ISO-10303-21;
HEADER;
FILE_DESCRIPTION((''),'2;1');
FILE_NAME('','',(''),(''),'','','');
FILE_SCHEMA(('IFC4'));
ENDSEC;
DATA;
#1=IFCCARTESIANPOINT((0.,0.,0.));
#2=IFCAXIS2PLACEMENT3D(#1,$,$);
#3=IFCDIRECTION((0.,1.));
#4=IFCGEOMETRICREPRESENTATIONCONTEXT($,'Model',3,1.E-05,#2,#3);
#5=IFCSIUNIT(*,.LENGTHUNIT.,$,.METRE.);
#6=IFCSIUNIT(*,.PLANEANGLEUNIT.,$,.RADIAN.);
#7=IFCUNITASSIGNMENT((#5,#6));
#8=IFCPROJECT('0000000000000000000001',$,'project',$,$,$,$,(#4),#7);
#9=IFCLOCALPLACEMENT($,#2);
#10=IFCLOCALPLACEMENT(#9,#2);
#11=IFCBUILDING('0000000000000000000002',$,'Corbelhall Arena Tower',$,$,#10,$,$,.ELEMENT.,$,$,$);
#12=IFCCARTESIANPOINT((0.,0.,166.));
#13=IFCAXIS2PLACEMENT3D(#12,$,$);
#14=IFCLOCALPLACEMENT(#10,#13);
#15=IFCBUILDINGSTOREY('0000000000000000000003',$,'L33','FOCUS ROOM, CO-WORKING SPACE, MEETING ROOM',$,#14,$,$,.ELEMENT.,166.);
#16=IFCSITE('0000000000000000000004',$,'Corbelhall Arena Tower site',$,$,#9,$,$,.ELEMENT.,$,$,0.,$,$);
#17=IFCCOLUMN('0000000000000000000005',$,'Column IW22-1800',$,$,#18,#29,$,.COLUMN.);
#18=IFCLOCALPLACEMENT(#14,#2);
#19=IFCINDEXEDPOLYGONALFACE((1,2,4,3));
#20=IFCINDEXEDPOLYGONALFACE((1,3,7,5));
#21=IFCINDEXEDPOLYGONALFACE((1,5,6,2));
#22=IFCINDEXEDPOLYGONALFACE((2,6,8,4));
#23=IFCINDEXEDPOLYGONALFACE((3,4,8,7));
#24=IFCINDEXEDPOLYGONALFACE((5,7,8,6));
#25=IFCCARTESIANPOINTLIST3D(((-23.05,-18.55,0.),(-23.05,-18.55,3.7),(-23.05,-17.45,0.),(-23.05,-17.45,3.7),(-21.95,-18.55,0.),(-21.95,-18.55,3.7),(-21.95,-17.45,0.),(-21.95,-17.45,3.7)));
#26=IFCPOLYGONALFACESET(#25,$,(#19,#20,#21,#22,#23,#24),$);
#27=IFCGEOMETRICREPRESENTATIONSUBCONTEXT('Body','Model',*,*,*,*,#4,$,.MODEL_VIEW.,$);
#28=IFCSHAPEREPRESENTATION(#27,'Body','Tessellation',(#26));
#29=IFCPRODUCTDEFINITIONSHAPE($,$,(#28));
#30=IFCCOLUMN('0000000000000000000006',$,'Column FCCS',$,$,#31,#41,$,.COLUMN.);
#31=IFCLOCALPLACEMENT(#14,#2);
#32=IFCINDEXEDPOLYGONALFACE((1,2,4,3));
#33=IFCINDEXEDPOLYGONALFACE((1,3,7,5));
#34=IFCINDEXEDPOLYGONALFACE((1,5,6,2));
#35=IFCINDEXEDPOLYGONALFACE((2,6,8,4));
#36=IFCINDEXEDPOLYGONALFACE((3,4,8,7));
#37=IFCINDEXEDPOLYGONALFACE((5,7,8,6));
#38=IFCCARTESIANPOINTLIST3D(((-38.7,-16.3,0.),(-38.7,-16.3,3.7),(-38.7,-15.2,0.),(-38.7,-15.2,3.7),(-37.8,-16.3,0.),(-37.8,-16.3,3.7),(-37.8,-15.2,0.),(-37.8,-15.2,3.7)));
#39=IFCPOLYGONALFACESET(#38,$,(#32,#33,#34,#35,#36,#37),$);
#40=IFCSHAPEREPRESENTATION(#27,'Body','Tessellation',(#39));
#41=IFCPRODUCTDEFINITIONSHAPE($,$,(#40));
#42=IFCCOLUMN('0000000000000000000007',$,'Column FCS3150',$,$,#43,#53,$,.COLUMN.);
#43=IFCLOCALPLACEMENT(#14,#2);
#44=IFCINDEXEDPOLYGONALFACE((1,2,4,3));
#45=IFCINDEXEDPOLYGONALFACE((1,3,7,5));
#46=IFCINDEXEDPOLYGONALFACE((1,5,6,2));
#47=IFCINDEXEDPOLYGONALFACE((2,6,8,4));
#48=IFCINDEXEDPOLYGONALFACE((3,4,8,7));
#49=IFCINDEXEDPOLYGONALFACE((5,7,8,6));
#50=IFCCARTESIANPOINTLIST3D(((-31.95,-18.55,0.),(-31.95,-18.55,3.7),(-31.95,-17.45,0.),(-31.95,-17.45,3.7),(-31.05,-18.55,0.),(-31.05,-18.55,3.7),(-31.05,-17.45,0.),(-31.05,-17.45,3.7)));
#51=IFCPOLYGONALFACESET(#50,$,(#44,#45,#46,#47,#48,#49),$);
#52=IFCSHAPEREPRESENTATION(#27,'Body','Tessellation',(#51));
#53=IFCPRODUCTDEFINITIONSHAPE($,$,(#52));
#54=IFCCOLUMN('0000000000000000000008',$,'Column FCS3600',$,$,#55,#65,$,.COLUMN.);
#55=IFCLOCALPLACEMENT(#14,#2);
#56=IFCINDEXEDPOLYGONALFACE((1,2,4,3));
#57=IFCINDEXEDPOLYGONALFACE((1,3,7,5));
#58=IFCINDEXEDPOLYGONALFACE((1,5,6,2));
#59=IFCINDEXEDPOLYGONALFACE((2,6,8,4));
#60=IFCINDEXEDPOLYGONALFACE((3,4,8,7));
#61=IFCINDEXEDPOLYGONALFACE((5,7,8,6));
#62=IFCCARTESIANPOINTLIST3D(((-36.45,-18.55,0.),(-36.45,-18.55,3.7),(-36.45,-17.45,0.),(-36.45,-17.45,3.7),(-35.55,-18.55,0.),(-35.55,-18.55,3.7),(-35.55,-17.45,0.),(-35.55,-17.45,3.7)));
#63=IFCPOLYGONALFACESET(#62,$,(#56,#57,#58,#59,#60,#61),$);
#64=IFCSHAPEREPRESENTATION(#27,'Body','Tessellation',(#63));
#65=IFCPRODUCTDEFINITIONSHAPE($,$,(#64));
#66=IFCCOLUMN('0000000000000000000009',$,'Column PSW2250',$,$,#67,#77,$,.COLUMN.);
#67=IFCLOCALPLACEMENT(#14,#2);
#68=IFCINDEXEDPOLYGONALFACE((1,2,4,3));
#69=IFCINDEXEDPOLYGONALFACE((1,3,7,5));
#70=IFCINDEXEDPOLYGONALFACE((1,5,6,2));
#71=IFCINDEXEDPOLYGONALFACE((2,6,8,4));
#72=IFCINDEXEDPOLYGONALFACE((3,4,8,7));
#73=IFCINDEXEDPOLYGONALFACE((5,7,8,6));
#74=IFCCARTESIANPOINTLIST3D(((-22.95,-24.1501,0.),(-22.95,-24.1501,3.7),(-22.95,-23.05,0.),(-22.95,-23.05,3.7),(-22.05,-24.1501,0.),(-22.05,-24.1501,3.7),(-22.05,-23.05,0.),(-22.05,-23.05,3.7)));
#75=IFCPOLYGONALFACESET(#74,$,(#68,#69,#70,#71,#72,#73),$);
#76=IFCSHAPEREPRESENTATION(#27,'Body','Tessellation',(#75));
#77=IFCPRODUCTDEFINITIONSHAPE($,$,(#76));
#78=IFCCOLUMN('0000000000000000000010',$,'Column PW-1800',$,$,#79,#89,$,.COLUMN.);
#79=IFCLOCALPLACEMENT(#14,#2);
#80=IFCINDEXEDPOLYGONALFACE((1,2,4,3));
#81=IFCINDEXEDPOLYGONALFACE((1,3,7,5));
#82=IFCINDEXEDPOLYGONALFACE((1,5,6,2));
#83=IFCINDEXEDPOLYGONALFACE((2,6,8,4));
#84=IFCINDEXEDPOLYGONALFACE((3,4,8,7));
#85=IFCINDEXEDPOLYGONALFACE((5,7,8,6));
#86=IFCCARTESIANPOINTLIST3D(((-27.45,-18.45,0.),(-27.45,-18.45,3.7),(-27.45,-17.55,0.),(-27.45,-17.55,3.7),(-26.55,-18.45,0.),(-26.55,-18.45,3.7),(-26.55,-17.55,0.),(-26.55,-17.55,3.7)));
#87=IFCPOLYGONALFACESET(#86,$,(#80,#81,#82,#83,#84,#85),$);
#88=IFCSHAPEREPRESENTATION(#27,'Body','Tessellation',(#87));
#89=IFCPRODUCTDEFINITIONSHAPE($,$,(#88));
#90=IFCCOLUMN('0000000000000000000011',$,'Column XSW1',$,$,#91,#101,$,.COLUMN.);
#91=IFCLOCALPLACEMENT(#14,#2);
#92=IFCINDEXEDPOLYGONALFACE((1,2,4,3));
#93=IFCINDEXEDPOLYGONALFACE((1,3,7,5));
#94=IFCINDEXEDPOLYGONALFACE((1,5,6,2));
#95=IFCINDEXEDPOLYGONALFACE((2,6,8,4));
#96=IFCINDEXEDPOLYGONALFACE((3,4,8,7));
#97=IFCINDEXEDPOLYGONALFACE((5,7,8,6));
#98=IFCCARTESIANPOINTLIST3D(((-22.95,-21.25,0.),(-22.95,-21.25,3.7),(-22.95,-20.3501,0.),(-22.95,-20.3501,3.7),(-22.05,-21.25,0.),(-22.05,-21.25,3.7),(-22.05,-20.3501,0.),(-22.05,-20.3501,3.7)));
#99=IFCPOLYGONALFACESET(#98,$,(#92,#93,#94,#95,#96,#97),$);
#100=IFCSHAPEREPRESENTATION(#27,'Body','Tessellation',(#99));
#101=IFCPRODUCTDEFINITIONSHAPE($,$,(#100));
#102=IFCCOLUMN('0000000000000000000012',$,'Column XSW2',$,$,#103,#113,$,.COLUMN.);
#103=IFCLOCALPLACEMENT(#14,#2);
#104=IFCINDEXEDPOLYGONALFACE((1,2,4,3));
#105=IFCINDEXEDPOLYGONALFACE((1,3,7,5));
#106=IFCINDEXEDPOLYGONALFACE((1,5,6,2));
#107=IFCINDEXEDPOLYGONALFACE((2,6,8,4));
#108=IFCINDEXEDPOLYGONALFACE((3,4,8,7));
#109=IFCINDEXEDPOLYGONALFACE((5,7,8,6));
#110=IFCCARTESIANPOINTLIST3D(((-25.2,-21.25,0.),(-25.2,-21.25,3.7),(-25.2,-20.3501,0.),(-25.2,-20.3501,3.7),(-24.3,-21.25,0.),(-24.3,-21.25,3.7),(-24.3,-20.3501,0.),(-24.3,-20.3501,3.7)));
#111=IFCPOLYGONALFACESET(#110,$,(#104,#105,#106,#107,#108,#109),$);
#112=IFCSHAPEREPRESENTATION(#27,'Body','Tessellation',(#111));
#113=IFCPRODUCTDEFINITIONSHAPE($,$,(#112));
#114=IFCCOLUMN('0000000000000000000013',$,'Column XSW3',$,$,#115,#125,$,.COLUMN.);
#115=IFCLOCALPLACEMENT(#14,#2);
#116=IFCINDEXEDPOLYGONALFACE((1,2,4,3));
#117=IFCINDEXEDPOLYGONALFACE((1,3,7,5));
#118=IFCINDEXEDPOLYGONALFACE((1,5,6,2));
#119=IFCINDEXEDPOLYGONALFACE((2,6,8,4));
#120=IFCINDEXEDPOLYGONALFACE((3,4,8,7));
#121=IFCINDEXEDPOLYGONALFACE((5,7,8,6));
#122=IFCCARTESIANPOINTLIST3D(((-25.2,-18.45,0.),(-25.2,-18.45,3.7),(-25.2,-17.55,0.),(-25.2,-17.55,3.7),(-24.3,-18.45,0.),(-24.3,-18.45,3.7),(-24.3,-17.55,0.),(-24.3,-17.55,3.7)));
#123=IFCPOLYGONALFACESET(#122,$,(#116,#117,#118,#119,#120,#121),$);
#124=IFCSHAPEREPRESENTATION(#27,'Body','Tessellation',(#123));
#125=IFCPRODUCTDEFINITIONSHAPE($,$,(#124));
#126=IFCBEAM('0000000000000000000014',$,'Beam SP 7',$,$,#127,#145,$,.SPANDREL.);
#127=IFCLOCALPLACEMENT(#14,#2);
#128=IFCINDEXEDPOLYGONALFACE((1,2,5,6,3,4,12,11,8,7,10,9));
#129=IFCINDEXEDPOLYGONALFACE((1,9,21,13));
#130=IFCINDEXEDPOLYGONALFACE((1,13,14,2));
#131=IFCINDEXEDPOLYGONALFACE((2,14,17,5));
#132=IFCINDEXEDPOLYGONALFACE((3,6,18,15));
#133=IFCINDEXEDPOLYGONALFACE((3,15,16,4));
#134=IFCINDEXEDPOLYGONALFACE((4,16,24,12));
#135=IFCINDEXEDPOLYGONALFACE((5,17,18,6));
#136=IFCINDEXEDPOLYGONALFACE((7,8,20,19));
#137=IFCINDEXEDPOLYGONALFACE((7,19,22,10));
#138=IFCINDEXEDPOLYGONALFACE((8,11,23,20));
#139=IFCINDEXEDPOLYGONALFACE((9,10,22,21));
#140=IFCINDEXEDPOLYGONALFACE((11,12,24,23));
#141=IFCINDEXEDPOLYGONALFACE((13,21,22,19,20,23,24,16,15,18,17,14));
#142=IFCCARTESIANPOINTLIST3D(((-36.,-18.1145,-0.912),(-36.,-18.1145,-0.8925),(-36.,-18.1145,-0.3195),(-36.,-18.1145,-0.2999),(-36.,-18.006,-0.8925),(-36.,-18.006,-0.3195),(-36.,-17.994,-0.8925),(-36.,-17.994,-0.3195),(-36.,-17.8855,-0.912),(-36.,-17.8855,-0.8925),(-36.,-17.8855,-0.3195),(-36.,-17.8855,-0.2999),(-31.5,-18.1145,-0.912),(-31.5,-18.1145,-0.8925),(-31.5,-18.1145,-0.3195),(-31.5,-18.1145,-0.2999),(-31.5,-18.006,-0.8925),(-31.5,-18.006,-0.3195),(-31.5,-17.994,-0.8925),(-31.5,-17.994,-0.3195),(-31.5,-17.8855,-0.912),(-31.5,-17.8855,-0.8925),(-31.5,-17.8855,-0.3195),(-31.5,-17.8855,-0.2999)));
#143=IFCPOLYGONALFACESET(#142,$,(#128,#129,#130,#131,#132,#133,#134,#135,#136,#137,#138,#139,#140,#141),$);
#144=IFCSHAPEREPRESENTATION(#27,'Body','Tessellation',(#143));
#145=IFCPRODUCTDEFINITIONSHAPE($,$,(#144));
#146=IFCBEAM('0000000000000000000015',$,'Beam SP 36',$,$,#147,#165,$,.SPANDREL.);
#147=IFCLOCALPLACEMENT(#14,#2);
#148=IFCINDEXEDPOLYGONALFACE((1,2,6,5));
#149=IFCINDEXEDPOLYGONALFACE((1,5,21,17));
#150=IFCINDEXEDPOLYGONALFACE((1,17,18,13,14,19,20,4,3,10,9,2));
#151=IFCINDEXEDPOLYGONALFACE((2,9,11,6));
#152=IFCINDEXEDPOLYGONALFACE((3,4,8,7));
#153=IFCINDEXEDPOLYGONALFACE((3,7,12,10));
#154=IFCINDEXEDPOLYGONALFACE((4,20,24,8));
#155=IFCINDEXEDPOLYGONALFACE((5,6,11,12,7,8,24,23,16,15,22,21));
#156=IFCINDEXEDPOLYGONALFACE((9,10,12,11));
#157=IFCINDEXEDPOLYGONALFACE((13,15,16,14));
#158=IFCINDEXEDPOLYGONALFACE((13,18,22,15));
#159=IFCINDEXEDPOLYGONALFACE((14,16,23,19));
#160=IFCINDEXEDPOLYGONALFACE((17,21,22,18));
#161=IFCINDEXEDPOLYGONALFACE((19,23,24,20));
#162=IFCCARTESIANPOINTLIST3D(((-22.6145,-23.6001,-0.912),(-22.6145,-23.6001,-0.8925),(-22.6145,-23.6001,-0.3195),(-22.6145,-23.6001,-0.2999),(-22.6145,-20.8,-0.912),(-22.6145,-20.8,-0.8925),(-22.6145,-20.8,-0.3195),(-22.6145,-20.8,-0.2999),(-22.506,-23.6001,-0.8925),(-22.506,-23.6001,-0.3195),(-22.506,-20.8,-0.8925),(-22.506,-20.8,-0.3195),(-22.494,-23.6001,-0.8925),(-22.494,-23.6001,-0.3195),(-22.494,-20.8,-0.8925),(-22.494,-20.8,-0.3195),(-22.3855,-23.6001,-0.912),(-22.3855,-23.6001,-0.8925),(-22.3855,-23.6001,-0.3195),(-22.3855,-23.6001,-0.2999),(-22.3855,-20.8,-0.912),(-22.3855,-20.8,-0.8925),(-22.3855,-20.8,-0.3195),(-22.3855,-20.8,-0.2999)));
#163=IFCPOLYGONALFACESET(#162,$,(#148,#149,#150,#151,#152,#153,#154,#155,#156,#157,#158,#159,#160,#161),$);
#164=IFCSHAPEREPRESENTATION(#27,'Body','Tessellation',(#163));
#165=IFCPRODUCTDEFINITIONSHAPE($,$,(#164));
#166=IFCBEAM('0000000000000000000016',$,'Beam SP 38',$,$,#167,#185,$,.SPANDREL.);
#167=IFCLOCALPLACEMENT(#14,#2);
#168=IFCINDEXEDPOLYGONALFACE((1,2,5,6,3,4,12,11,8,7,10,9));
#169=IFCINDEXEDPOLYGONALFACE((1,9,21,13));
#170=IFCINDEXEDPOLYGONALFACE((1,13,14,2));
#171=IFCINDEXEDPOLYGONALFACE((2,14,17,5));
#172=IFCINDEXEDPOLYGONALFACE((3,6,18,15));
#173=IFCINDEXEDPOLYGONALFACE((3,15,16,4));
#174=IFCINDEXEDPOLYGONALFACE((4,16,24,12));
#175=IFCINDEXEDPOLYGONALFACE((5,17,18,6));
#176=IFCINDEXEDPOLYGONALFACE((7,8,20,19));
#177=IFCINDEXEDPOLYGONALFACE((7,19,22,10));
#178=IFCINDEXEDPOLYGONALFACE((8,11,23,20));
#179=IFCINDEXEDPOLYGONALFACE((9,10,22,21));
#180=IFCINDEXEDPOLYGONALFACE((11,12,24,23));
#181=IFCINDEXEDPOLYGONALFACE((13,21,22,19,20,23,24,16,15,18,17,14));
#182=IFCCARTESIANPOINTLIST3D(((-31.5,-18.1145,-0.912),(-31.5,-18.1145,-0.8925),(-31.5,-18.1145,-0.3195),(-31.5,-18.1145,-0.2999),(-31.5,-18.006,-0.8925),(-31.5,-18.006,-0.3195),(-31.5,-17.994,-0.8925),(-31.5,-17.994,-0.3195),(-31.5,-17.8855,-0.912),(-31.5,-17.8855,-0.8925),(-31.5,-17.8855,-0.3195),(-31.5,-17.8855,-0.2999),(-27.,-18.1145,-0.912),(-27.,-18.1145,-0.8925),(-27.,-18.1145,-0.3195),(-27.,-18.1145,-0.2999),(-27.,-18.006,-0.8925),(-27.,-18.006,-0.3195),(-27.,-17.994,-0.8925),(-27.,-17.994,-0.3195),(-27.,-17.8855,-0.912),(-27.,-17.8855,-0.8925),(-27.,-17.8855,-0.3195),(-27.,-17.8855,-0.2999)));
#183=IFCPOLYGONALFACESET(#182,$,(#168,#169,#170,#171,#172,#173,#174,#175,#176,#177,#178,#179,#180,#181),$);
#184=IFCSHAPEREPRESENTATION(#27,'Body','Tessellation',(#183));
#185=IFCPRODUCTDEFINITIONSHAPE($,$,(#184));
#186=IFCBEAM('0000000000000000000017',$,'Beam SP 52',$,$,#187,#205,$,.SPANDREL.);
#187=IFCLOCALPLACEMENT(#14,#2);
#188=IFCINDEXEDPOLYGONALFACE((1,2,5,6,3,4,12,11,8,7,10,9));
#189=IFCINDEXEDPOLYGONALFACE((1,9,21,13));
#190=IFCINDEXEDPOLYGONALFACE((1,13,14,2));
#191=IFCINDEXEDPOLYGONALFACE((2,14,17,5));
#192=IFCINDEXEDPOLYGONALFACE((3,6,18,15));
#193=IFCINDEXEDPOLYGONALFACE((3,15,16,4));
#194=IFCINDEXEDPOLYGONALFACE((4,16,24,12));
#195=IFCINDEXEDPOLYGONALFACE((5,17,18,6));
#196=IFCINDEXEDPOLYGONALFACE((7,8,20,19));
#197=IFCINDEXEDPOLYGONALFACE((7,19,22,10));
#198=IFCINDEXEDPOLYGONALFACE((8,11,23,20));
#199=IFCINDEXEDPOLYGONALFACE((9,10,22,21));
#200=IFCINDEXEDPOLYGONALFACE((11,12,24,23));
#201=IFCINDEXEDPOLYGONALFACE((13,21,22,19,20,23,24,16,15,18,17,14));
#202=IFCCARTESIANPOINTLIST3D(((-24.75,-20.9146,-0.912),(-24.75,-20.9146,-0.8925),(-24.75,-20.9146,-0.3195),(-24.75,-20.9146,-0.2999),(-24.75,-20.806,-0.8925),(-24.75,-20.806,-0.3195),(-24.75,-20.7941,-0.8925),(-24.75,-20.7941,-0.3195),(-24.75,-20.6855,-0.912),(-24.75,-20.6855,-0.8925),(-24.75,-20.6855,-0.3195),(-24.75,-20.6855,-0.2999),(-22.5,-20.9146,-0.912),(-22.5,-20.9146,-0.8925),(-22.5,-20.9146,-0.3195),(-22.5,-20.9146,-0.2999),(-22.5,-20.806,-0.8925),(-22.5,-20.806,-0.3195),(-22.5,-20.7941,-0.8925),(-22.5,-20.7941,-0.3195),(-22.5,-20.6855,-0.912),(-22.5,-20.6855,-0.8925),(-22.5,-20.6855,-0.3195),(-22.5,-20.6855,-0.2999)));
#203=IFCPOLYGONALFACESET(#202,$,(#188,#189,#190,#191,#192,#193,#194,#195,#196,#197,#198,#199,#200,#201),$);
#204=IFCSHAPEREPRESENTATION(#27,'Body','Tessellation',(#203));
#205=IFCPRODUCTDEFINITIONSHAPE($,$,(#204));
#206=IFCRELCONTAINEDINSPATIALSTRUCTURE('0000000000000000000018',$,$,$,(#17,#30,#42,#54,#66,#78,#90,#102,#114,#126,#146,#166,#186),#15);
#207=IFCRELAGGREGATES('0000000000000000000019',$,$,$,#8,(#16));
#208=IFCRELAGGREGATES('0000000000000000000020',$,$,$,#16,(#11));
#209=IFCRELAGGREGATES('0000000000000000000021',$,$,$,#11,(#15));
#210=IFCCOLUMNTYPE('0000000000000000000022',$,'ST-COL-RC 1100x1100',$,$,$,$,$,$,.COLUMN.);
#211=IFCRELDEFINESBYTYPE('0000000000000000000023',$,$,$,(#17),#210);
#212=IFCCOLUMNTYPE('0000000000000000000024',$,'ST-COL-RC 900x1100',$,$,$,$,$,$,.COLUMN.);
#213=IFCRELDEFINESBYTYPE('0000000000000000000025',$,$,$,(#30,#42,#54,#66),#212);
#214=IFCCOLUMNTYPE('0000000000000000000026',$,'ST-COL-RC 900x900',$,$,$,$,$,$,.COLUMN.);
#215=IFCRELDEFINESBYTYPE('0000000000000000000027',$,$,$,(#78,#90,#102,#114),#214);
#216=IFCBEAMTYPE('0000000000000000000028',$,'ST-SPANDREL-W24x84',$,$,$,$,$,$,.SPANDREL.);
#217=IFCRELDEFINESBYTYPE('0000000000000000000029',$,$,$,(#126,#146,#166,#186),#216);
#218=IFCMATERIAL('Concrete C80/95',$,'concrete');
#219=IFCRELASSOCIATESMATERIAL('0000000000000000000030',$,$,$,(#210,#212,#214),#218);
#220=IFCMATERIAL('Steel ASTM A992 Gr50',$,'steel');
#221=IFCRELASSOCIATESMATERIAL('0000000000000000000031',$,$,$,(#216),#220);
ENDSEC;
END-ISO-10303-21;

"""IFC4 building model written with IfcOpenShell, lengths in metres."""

from ifc_helpers import new_model, si_unit, direction, frame, origin, origin_2d, place, context, subcontext, project, spatial, rectangle, i_section, extrude, material, material_profile, profile_set, type_object, element, save


model = new_model("IFC4")

# Units and contexts
model_context = context("Model", 3, precision=1e-05, world=origin(), true_north=direction((0.0, 1.0)))
body_context = subcontext(model_context, "Body", "Model", "MODEL_VIEW")
ifc_project = project(units=[si_unit("LENGTHUNIT", "METRE"), si_unit("PLANEANGLEUNIT", "RADIAN")], contexts=[model_context])

# Site, building, storey
site_placement = place(None, origin())
site = spatial("IfcSite", under=ifc_project, at=site_placement, Name="Corbelhall Arena Tower site", CompositionType="ELEMENT", RefElevation=0.0)
building_placement = place(site_placement, origin())
building = spatial("IfcBuilding", under=site, at=building_placement, Name="Corbelhall Arena Tower", CompositionType="ELEMENT")
storey_placement = place(building_placement, frame((0.0, 0.0, 166.0)))
storey = spatial("IfcBuildingStorey", under=building, at=storey_placement, Name="L33", Description="FOCUS ROOM, CO-WORKING SPACE, MEETING ROOM", CompositionType="ELEMENT", Elevation=166.0)

# Columns
ifc_material_1 = material(Name="Concrete C80/95", Category="concrete")
ifc_material_profile_1 = material_profile(ifc_material_1, rectangle(XDim=1.1001, YDim=1.1001, at=origin_2d()))
ifc_profile_set_1 = profile_set([ifc_material_profile_1], Name="Concrete C80/95")
column_type_1 = type_object("IfcColumnType", Name="ST-COL-RC 1100x1100", PredefinedType="COLUMN", material=ifc_profile_set_1)
column_placement = place(storey_placement, frame((-22.5, -18.0, 0.0), z_axis=(0.0, 0.0, 1.0), x_axis=(1.0, 0.0, 0.0)))
element("IfcColumn", 1, at=column_placement, inside=storey, type_object=column_type_1, Name="Column IW22-1800", PredefinedType="COLUMN", context=body_context, shape_type="SweptSolid", body=[
    extrude(rectangle(XDim=1.1001, YDim=1.1001, at=origin_2d()), origin(), (0.0, 0.0, 1.0), 3.7),
])
ifc_material_profile_2 = material_profile(ifc_material_1, rectangle(XDim=0.8999, YDim=1.1001, at=origin_2d()))
ifc_profile_set_2 = profile_set([ifc_material_profile_2], Name="Concrete C80/95")
column_type_2 = type_object("IfcColumnType", Name="ST-COL-RC 900x1100", PredefinedType="COLUMN", material=ifc_profile_set_2)
for number, where, z_axis, x_axis, name in (
    (2, (-38.25, -15.75, 0.0), (0.0, 0.0, 1.0), (1.0, 0.0, 0.0), "Column FCCS"),
    (3, (-31.5, -18.0, 0.0), (0.0, 0.0, 1.0), (1.0, 0.0, 0.0), "Column FCS3150"),
    (4, (-36.0, -18.0, 0.0), (0.0, 0.0, 1.0), (1.0, 0.0, 0.0), "Column FCS3600"),
    (5, (-22.5, -23.6001, 0.0), (0.0, 0.0, 1.0), (1.0, 0.0, 0.0), "Column PSW2250"),
):
    element("IfcColumn", number, at=place(storey_placement, frame(where, z_axis=z_axis, x_axis=x_axis)), inside=storey, type_object=column_type_2, Name=name, PredefinedType="COLUMN", context=body_context, shape_type="SweptSolid", body=[
        extrude(rectangle(XDim=0.8999, YDim=1.1001, at=origin_2d()), origin(), (0.0, 0.0, 1.0), 3.7),
    ])
ifc_material_profile_3 = material_profile(ifc_material_1, rectangle(XDim=0.8999, YDim=0.8999, at=origin_2d()))
ifc_profile_set_3 = profile_set([ifc_material_profile_3], Name="Concrete C80/95")
column_type_3 = type_object("IfcColumnType", Name="ST-COL-RC 900x900", PredefinedType="COLUMN", material=ifc_profile_set_3)
for number, where, z_axis, x_axis, name in (
    (6, (-27.0, -18.0, 0.0), (0.0, 0.0, 1.0), (1.0, 0.0, 0.0), "Column PW-1800"),
    (7, (-22.5, -20.8, 0.0), (0.0, 0.0, 1.0), (1.0, 0.0, 0.0), "Column XSW1"),
    (8, (-24.75, -20.8, 0.0), (0.0, 0.0, 1.0), (1.0, 0.0, 0.0), "Column XSW2"),
    (9, (-24.75, -18.0, 0.0), (0.0, 0.0, 1.0), (1.0, 0.0, 0.0), "Column XSW3"),
):
    element("IfcColumn", number, at=place(storey_placement, frame(where, z_axis=z_axis, x_axis=x_axis)), inside=storey, type_object=column_type_3, Name=name, PredefinedType="COLUMN", context=body_context, shape_type="SweptSolid", body=[
        extrude(rectangle(XDim=0.8999, YDim=0.8999, at=origin_2d()), origin(), (0.0, 0.0, 1.0), 3.7),
    ])

# Beams
ifc_material_2 = material(Name="Steel ASTM A992 Gr50", Category="steel")
ifc_material_profile_4 = material_profile(ifc_material_2, i_section(OverallWidth=0.229, OverallDepth=0.6121, WebThickness=0.012, FlangeThickness=0.0195, at=origin_2d()))
ifc_profile_set_4 = profile_set([ifc_material_profile_4], Name="Steel ASTM A992 Gr50")
beam_type = type_object("IfcBeamType", Name="ST-SPANDREL-W24x84", PredefinedType="SPANDREL", material=ifc_profile_set_4)
beam_1_placement = place(storey_placement, frame((-31.5, -18.0, -0.606), z_axis=(-1.0, 0.0, 0.0), x_axis=(0.0, -1.0, 0.0)))
element("IfcBeam", 10, at=beam_1_placement, inside=storey, type_object=beam_type, Name="Beam SP 7", PredefinedType="SPANDREL", context=body_context, shape_type="SweptSolid", body=[
    extrude(i_section(OverallWidth=0.229, OverallDepth=0.6121, WebThickness=0.012, FlangeThickness=0.0195, at=origin_2d()), origin(), (0.0, 0.0, 1.0), 4.5),
])
beam_2_placement = place(storey_placement, frame((-22.5, -23.6001, -0.606), z_axis=(0.0, 1.0, 0.0), x_axis=(-1.0, 0.0, 0.0)))
element("IfcBeam", 11, at=beam_2_placement, inside=storey, type_object=beam_type, Name="Beam SP 36", PredefinedType="SPANDREL", context=body_context, shape_type="SweptSolid", body=[
    extrude(i_section(OverallWidth=0.229, OverallDepth=0.6121, WebThickness=0.012, FlangeThickness=0.0195, at=origin_2d()), origin(), (0.0, 0.0, 1.0), 2.8),
])
beam_3_placement = place(storey_placement, frame((-27.0, -18.0, -0.606), z_axis=(-1.0, 0.0, 0.0), x_axis=(0.0, -1.0, 0.0)))
element("IfcBeam", 12, at=beam_3_placement, inside=storey, type_object=beam_type, Name="Beam SP 38", PredefinedType="SPANDREL", context=body_context, shape_type="SweptSolid", body=[
    extrude(i_section(OverallWidth=0.229, OverallDepth=0.6121, WebThickness=0.012, FlangeThickness=0.0195, at=origin_2d()), origin(), (0.0, 0.0, 1.0), 4.5),
])
beam_4_placement = place(storey_placement, frame((-22.5, -20.8, -0.606), z_axis=(-1.0, 0.0, 0.0), x_axis=(0.0, -1.0, 0.0)))
element("IfcBeam", 13, at=beam_4_placement, inside=storey, type_object=beam_type, Name="Beam SP 52", PredefinedType="SPANDREL", context=body_context, shape_type="SweptSolid", body=[
    extrude(i_section(OverallWidth=0.229, OverallDepth=0.6121, WebThickness=0.012, FlangeThickness=0.0195, at=origin_2d()), origin(), (0.0, 0.0, 1.0), 2.25),
])

save(model, "model.ifc")
